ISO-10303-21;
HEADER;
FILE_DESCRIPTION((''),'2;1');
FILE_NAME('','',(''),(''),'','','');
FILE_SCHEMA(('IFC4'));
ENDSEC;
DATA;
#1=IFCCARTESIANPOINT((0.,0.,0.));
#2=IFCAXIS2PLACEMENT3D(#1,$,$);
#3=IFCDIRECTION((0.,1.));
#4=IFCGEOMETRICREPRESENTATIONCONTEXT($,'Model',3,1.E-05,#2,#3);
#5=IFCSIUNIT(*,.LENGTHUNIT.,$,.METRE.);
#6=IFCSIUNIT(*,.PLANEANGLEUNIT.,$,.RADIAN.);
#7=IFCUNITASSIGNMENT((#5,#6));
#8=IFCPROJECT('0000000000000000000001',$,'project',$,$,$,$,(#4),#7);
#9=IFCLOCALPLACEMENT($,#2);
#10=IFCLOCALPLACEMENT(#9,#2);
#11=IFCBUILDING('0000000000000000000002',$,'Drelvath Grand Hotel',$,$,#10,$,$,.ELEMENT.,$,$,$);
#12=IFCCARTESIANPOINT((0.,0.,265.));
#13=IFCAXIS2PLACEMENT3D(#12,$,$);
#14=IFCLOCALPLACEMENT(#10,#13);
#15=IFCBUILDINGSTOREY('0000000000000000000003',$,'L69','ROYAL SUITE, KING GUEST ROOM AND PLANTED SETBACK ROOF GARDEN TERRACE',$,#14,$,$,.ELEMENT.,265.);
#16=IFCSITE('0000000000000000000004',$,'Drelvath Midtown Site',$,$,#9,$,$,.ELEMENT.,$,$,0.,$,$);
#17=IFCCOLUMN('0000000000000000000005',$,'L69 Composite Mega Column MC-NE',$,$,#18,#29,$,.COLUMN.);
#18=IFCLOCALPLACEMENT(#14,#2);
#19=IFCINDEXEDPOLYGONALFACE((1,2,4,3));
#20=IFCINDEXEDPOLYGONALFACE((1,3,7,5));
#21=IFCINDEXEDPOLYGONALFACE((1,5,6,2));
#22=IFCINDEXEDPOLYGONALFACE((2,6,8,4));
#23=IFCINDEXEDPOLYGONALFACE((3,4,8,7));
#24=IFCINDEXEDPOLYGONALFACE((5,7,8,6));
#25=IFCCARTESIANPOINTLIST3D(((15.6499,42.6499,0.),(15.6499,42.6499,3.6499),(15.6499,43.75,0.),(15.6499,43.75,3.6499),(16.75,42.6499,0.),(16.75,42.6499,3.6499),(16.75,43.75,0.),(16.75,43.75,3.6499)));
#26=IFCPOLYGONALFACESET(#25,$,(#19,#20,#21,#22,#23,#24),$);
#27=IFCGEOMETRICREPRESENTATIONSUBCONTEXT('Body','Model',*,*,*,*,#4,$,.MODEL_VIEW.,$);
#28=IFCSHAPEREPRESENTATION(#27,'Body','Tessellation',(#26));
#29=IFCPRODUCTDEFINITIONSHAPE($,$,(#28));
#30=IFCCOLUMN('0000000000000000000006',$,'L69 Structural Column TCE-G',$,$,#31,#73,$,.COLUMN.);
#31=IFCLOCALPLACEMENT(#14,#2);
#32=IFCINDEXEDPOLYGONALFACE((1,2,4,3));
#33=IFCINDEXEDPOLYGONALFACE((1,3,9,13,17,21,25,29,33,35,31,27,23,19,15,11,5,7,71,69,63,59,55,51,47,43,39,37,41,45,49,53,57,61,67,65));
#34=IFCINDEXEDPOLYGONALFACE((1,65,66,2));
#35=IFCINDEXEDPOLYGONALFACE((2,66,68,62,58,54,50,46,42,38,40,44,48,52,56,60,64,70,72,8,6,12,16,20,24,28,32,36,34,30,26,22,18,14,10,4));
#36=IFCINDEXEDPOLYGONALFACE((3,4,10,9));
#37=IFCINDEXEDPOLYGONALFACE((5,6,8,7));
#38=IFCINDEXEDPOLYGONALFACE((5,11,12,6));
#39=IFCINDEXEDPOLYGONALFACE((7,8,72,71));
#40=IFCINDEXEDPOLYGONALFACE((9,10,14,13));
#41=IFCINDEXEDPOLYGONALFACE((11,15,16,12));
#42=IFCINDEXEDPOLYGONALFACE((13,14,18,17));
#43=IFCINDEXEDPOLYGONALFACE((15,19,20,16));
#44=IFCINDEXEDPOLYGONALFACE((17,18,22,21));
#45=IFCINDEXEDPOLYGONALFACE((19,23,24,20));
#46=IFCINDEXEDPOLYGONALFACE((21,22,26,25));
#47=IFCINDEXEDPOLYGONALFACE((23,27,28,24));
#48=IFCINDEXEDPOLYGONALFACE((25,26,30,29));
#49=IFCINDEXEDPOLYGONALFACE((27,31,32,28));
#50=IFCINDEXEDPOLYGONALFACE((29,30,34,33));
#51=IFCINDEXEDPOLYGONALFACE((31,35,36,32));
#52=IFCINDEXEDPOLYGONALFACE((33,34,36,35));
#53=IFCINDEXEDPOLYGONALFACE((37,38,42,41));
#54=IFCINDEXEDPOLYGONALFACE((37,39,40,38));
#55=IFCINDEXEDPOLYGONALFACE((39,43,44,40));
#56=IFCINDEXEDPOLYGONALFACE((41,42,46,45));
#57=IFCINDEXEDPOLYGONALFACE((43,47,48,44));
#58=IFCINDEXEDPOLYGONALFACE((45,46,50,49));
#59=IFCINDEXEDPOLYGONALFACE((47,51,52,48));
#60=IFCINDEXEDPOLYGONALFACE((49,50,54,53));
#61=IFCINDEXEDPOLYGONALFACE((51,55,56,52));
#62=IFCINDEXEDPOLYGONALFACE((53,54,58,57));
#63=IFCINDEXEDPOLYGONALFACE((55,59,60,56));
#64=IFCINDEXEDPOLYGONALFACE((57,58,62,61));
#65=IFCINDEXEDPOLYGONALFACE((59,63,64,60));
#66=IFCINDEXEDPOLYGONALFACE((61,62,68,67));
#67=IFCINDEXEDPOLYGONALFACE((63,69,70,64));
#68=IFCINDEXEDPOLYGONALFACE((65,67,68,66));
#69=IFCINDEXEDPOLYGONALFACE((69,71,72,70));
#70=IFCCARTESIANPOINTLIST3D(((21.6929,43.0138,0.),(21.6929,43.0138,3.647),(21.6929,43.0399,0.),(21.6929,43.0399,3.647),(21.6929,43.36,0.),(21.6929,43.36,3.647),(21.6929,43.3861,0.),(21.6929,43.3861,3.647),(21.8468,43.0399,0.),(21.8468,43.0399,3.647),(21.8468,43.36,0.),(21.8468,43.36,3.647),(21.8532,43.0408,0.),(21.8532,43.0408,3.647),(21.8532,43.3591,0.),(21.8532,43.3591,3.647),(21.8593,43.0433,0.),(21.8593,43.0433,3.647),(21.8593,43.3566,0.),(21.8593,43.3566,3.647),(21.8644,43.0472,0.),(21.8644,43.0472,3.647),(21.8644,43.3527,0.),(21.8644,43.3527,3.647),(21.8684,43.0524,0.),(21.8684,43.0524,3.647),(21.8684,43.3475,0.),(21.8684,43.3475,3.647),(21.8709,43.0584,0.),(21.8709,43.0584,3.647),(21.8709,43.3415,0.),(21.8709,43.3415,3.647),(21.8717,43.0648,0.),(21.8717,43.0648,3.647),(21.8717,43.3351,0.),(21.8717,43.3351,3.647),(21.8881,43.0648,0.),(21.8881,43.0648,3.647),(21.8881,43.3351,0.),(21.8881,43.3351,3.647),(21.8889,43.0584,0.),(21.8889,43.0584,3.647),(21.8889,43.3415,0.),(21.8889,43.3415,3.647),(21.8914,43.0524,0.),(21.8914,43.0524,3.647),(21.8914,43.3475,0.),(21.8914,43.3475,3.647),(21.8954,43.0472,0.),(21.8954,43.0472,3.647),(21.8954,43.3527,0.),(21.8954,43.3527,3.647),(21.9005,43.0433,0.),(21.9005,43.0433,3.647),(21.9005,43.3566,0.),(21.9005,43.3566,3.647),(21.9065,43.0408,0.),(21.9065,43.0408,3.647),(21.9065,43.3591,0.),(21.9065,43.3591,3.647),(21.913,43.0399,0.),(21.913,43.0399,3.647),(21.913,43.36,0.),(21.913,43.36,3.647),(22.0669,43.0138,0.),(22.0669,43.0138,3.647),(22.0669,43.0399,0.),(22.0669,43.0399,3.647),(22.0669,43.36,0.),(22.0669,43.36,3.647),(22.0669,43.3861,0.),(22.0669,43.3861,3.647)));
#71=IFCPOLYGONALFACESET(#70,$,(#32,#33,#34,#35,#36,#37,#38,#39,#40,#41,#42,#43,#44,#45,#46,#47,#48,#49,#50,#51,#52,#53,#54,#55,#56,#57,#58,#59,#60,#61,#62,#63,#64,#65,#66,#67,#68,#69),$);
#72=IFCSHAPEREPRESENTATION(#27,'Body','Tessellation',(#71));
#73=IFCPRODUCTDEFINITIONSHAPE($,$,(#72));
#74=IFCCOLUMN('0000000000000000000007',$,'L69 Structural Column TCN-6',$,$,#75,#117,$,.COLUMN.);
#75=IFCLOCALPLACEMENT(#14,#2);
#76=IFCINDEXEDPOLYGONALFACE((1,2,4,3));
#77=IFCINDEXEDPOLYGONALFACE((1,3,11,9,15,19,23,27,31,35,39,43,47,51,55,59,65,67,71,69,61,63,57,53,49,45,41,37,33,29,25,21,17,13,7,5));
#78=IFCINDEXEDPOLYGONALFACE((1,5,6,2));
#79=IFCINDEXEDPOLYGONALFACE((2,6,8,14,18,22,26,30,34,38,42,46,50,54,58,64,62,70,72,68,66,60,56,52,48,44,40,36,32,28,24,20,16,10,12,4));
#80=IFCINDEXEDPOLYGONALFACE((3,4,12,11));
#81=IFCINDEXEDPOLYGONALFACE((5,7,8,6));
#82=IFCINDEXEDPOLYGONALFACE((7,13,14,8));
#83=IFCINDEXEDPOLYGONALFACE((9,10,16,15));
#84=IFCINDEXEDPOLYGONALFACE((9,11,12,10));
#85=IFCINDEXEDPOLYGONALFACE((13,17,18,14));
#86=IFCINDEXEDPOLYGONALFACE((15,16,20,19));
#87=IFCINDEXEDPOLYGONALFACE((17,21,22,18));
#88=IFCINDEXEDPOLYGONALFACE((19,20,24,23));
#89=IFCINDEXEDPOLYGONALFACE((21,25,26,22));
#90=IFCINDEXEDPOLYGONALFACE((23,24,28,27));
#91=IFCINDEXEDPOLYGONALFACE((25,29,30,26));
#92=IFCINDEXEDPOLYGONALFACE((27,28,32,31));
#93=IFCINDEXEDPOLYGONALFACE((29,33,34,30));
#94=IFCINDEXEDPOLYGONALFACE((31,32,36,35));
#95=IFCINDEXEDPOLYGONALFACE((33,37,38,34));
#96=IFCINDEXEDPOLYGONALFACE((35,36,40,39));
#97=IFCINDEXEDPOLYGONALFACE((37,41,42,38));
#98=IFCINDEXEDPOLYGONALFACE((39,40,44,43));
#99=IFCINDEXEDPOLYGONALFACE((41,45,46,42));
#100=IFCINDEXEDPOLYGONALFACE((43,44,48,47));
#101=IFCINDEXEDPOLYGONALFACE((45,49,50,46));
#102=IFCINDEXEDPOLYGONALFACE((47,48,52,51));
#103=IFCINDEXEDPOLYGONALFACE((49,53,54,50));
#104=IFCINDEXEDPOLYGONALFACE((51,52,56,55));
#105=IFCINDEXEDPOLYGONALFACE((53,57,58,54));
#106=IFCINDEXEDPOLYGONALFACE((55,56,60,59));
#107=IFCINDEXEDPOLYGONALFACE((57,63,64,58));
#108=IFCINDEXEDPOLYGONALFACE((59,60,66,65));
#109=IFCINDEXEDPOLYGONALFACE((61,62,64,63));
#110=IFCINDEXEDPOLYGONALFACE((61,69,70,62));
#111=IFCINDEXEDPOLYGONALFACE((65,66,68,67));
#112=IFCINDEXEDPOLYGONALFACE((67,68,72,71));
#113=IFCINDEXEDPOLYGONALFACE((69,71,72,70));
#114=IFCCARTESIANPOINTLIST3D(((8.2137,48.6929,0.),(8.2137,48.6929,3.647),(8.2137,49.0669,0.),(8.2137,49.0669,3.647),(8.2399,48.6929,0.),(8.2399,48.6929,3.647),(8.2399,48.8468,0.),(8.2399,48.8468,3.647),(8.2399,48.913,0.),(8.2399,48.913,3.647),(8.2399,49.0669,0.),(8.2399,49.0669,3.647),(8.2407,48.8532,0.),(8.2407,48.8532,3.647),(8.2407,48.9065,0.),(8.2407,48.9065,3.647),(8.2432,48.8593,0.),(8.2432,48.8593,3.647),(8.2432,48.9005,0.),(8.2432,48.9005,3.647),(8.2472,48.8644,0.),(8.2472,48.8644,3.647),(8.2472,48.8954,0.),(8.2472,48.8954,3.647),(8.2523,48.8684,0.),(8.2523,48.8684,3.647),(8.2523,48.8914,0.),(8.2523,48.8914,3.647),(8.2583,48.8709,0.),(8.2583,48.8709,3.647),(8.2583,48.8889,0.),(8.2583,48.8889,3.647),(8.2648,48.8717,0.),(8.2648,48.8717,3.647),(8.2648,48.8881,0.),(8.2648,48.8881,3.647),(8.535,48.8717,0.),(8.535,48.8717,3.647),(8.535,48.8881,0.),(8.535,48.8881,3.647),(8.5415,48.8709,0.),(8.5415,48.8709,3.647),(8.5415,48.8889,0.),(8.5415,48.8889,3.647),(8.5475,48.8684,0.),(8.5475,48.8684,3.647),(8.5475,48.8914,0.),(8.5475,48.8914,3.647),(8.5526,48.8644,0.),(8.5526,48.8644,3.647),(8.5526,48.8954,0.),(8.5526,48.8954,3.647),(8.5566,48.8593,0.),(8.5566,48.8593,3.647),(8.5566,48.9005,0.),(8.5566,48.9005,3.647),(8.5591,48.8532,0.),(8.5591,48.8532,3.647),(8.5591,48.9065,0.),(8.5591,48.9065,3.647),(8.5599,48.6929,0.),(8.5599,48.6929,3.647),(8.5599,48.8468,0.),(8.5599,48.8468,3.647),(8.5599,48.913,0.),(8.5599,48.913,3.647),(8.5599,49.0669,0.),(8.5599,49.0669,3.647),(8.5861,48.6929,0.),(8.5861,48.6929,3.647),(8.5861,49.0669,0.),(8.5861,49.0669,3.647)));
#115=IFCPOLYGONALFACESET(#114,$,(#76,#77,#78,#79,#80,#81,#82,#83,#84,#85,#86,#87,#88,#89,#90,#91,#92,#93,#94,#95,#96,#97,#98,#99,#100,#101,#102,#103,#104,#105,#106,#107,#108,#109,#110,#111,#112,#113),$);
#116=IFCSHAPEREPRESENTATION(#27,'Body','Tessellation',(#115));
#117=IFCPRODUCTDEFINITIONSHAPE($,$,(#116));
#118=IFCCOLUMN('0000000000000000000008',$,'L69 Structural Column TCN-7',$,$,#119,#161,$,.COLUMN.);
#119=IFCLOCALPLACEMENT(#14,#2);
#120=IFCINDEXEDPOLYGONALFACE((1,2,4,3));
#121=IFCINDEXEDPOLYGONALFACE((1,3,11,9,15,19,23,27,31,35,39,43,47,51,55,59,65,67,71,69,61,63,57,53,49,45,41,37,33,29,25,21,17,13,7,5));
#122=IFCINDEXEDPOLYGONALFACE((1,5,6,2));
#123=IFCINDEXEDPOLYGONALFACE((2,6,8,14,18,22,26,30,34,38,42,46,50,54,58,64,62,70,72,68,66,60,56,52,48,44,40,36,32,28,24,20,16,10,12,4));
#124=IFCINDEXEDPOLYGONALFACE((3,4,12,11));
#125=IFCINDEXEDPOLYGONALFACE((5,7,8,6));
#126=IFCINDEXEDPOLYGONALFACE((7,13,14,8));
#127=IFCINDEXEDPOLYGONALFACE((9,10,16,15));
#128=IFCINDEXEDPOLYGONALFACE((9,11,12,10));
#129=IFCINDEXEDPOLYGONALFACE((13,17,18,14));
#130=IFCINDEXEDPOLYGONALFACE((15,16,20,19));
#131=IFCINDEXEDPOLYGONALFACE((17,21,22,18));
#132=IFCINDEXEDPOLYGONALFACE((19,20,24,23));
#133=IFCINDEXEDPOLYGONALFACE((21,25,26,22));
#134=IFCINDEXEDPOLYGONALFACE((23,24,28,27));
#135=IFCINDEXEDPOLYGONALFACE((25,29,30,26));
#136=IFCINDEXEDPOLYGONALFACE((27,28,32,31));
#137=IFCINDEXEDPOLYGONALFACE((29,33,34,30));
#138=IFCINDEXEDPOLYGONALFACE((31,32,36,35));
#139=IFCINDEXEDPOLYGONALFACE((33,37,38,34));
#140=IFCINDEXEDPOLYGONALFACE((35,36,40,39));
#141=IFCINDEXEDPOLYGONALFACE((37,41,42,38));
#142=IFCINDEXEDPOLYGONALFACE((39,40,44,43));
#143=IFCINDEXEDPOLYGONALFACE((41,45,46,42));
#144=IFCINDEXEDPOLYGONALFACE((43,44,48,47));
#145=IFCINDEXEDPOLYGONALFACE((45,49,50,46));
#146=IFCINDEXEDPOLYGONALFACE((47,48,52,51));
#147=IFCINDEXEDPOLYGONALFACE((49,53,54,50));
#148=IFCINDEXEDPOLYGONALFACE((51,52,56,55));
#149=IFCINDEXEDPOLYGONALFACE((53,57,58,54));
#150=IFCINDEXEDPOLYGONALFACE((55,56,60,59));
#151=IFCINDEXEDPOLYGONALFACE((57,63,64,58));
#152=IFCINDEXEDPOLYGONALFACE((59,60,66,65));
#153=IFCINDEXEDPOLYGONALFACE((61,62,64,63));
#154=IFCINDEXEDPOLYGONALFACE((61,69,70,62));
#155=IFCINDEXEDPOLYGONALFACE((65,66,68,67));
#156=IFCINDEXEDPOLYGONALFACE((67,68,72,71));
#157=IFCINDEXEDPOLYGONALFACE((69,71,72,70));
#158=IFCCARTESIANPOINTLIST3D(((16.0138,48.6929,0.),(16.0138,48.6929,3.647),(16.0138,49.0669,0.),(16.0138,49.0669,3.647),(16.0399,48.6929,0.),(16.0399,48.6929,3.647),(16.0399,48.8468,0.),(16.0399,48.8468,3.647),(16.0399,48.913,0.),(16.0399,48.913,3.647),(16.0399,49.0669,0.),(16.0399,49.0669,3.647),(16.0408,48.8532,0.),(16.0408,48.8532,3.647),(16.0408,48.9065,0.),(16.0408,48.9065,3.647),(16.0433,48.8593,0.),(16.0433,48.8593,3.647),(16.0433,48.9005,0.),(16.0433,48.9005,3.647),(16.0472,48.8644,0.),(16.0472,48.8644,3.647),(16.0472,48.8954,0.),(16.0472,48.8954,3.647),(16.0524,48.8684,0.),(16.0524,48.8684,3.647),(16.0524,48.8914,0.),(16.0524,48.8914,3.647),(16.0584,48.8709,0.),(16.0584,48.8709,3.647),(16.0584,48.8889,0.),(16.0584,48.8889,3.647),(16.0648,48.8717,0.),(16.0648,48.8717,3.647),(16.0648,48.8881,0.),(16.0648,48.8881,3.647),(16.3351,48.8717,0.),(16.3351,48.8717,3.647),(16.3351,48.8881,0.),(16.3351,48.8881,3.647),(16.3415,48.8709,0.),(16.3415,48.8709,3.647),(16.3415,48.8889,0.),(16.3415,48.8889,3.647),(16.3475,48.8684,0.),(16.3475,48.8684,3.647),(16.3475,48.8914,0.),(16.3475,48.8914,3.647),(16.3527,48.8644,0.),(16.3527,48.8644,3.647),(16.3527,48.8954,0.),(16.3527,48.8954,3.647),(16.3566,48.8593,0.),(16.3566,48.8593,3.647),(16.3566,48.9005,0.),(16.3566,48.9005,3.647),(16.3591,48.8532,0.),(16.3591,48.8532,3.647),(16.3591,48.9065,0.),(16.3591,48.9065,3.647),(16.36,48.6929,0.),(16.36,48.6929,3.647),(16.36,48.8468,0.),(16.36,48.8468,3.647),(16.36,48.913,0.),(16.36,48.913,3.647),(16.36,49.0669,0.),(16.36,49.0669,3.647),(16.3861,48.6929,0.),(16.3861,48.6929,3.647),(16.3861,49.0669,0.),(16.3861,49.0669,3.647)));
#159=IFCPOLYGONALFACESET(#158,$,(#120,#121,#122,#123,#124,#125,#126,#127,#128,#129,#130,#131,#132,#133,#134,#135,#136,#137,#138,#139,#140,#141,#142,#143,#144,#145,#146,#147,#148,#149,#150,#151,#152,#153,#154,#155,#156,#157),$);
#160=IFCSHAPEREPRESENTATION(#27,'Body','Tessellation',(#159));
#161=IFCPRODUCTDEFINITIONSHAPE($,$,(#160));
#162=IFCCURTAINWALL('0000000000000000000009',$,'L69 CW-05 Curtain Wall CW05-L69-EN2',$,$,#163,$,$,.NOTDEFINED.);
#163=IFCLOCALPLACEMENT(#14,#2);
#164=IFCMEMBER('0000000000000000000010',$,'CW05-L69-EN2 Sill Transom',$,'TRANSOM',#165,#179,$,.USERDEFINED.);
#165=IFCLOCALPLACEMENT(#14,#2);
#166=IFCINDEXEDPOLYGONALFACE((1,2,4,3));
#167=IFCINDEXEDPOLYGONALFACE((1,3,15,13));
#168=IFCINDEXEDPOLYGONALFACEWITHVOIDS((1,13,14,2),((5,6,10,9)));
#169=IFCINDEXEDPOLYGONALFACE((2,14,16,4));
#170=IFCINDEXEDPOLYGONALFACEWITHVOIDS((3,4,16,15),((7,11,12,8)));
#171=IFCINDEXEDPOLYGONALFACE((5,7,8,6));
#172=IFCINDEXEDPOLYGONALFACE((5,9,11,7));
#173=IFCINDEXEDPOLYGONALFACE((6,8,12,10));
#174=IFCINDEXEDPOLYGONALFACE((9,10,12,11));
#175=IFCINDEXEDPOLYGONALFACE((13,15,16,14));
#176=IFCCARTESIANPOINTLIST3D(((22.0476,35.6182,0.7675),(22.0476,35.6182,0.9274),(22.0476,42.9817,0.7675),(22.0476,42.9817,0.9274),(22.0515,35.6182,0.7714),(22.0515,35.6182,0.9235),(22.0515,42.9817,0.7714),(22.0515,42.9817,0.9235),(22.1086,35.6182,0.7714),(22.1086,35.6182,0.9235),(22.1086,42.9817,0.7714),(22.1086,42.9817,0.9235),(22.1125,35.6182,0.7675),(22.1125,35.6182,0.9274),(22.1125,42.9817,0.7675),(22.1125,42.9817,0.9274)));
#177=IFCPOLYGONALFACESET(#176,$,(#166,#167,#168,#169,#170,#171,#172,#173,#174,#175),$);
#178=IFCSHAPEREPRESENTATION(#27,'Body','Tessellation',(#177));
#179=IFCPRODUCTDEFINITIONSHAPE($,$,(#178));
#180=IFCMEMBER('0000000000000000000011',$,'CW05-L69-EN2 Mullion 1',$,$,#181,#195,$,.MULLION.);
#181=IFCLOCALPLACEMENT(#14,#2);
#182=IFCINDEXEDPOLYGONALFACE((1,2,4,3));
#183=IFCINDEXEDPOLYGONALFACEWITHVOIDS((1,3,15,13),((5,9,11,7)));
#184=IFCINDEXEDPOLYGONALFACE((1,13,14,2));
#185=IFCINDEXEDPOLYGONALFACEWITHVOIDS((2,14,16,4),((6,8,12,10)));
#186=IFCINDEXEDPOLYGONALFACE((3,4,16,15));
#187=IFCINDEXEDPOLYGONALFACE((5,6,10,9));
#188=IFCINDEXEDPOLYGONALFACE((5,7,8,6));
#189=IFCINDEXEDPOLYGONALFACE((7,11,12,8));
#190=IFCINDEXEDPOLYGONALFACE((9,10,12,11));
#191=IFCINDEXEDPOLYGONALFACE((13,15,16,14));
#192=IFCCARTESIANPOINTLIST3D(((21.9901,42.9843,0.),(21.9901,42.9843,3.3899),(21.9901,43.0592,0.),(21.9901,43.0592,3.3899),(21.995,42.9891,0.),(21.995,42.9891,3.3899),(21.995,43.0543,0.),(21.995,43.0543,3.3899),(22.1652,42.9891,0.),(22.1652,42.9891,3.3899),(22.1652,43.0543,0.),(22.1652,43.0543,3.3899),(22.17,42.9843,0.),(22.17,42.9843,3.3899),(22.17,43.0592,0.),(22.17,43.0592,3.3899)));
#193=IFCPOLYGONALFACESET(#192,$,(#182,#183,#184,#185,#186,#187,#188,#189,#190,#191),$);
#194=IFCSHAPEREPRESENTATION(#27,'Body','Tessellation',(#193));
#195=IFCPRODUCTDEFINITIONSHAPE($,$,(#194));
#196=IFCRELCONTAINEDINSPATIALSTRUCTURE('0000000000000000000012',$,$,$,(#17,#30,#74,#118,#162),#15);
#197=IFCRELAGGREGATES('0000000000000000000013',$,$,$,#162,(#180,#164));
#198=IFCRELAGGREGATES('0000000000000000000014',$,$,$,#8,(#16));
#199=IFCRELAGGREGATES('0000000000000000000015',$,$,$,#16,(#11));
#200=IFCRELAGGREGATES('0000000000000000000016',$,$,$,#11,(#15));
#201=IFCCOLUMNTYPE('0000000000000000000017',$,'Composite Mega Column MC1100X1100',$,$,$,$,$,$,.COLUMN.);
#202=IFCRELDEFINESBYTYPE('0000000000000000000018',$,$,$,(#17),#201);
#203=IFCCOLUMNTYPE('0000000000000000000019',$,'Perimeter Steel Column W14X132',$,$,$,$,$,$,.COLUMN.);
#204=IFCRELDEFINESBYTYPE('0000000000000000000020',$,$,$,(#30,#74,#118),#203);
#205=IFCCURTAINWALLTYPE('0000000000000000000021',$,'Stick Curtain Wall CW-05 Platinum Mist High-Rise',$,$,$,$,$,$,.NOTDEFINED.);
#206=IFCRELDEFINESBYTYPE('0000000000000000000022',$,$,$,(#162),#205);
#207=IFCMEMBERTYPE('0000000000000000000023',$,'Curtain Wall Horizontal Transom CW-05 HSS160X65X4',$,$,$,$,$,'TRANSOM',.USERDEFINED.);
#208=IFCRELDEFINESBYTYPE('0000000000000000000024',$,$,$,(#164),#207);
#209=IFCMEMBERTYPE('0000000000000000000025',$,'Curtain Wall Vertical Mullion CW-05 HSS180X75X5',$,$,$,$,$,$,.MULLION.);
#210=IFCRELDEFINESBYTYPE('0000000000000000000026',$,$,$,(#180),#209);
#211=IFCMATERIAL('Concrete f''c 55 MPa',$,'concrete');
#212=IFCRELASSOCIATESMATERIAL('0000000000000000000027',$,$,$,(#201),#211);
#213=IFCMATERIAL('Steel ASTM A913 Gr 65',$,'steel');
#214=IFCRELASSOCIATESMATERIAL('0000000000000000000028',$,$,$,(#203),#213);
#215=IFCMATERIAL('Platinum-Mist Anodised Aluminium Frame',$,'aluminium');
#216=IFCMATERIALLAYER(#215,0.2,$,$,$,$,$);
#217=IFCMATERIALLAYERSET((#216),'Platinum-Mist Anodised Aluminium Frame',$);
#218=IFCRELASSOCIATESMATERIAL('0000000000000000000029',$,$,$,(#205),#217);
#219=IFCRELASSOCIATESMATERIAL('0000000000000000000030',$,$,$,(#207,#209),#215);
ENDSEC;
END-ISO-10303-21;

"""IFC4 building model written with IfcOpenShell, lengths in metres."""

from ifc_helpers import new_model, si_unit, direction, frame, origin, origin_2d, place, context, subcontext, project, spatial, rectangle, hollow_rectangle, i_section, extrude, material, layer, layer_set, material_profile, profile_set, type_object, element, aggregate, save


model = new_model("IFC4")

# Units and contexts
model_context = context("Model", 3, precision=1e-05, world=origin(), true_north=direction((0.0, 1.0)))
body_context = subcontext(model_context, "Body", "Model", "MODEL_VIEW")
ifc_project = project(units=[si_unit("LENGTHUNIT", "METRE"), si_unit("PLANEANGLEUNIT", "RADIAN")], contexts=[model_context])

# Site, building, storey
site_placement = place(None, origin())
site = spatial("IfcSite", under=ifc_project, at=site_placement, Name="Drelvath Midtown Site", CompositionType="ELEMENT", RefElevation=0.0)
building_placement = place(site_placement, origin())
building = spatial("IfcBuilding", under=site, at=building_placement, Name="Drelvath Grand Hotel", CompositionType="ELEMENT")
storey_placement = place(building_placement, frame((0.0, 0.0, 265.0)))
storey = spatial("IfcBuildingStorey", under=building, at=storey_placement, Name="L69", Description="ROYAL SUITE, KING GUEST ROOM AND PLANTED SETBACK ROOF GARDEN TERRACE", CompositionType="ELEMENT", Elevation=265.0)

# Columns
ifc_material_1 = material(Name="Concrete f'c 55 MPa", Category="concrete")
ifc_material_profile_1 = material_profile(ifc_material_1, rectangle(XDim=1.1001, YDim=1.1001, at=origin_2d()), Name="MC1100X1100")
ifc_profile_set_1 = profile_set([ifc_material_profile_1], Name="Concrete f'c 55 MPa")
column_type_1 = type_object("IfcColumnType", Name="Composite Mega Column MC1100X1100", PredefinedType="COLUMN", material=ifc_profile_set_1)
column_placement = place(storey_placement, frame((16.2, 43.2, 0.0), z_axis=(0.0, 0.0, 1.0), x_axis=(1.0, 0.0, 0.0)))
element("IfcColumn", 1, at=column_placement, inside=storey, type_object=column_type_1, Name="L69 Composite Mega Column MC-NE", PredefinedType="COLUMN", context=body_context, shape_type="SweptSolid", body=[
    extrude(rectangle(XDim=1.1001, YDim=1.1001, at=origin_2d()), origin(), (0.0, 0.0, 1.0), 3.6499),
])
ifc_material_2 = material(Name="Steel ASTM A913 Gr 65", Category="steel")
ifc_material_profile_2 = material_profile(ifc_material_2, i_section(OverallWidth=0.374, OverallDepth=0.3723, WebThickness=0.0164, FlangeThickness=0.0261, FilletRadius=0.0249, at=origin_2d()), Name="W14X132")
ifc_profile_set_2 = profile_set([ifc_material_profile_2], Name="Steel ASTM A913 Gr 65")
column_type_2 = type_object("IfcColumnType", Name="Perimeter Steel Column W14X132", PredefinedType="COLUMN", material=ifc_profile_set_2)
for number, where, z_axis, x_axis, name in (
    (2, (21.8799, 43.2, 0.0), (0.0, 0.0, 1.0), (1.0, 0.0, 0.0), "L69 Structural Column TCE-G"),
    (3, (8.3999, 48.8799, 0.0), (0.0, 0.0, 1.0), (0.0, 1.0, 0.0), "L69 Structural Column TCN-6"),
    (4, (16.2, 48.8799, 0.0), (0.0, 0.0, 1.0), (0.0, 1.0, 0.0), "L69 Structural Column TCN-7"),
):
    element("IfcColumn", number, at=place(storey_placement, frame(where, z_axis=z_axis, x_axis=x_axis)), inside=storey, type_object=column_type_2, Name=name, PredefinedType="COLUMN", context=body_context, shape_type="SweptSolid", body=[
        extrude(i_section(OverallWidth=0.374, OverallDepth=0.3723, WebThickness=0.0164, FlangeThickness=0.0261, FilletRadius=0.0249, at=origin_2d()), origin(), (0.0, 0.0, 1.0), 3.647),
    ])

# Curtain wall, members
ifc_material_3 = material(Name="Platinum-Mist Anodised Aluminium Frame", Category="aluminium")
ifc_layer_1 = layer(ifc_material_3, 0.2)
ifc_layer_set_1 = layer_set([ifc_layer_1], Name="Platinum-Mist Anodised Aluminium Frame")
curtain_wall_type = type_object("IfcCurtainWallType", Name="Stick Curtain Wall CW-05 Platinum Mist High-Rise", PredefinedType="NOTDEFINED", material=ifc_layer_set_1)
curtain_wall_placement = place(storey_placement, origin())
curtain_wall = element("IfcCurtainWall", 5, at=curtain_wall_placement, inside=storey, type_object=curtain_wall_type, Name="L69 CW-05 Curtain Wall CW05-L69-EN2", PredefinedType="NOTDEFINED")
ifc_material_profile_3 = material_profile(ifc_material_3, hollow_rectangle(XDim=0.0649, YDim=0.1599, WallThickness=0.0039, at=origin_2d()), Name="HSS160X65X4")
ifc_profile_set_3 = profile_set([ifc_material_profile_3], Name="Platinum-Mist Anodised Aluminium Frame")
member_type_1 = type_object("IfcMemberType", Name="Curtain Wall Horizontal Transom CW-05 HSS160X65X4", ElementType="TRANSOM", PredefinedType="USERDEFINED", material=ifc_profile_set_3)
member_1_placement = place(storey_placement, frame((22.0801, 42.9817, 0.8474), z_axis=(0.0, -1.0, 0.0), x_axis=(1.0, 0.0, 0.0)))
member_1 = element("IfcMember", 6, at=member_1_placement, type_object=member_type_1, Name="CW05-L69-EN2 Sill Transom", ObjectType="TRANSOM", PredefinedType="USERDEFINED", context=body_context, shape_type="SweptSolid", body=[
    extrude(hollow_rectangle(XDim=0.0649, YDim=0.1599, WallThickness=0.0039, at=origin_2d()), origin(), (0.0, 0.0, 1.0), 7.3635),
])
ifc_material_profile_4 = material_profile(ifc_material_3, hollow_rectangle(XDim=0.075, YDim=0.1799, WallThickness=0.0049, at=origin_2d()), Name="HSS180X75X5")
ifc_profile_set_4 = profile_set([ifc_material_profile_4], Name="Platinum-Mist Anodised Aluminium Frame")
member_type_2 = type_object("IfcMemberType", Name="Curtain Wall Vertical Mullion CW-05 HSS180X75X5", PredefinedType="MULLION", material=ifc_profile_set_4)
member_2_placement = place(storey_placement, frame((22.0801, 43.0217, 0.0), z_axis=(0.0, 0.0, 1.0), x_axis=(0.0, 1.0, 0.0)))
member_2 = element("IfcMember", 7, at=member_2_placement, type_object=member_type_2, Name="CW05-L69-EN2 Mullion 1", PredefinedType="MULLION", context=body_context, shape_type="SweptSolid", body=[
    extrude(hollow_rectangle(XDim=0.075, YDim=0.1799, WallThickness=0.0049, at=origin_2d()), origin(), (0.0, 0.0, 1.0), 3.3899),
])

aggregate(curtain_wall, [member_2, member_1])

save(model, "model.ifc")
